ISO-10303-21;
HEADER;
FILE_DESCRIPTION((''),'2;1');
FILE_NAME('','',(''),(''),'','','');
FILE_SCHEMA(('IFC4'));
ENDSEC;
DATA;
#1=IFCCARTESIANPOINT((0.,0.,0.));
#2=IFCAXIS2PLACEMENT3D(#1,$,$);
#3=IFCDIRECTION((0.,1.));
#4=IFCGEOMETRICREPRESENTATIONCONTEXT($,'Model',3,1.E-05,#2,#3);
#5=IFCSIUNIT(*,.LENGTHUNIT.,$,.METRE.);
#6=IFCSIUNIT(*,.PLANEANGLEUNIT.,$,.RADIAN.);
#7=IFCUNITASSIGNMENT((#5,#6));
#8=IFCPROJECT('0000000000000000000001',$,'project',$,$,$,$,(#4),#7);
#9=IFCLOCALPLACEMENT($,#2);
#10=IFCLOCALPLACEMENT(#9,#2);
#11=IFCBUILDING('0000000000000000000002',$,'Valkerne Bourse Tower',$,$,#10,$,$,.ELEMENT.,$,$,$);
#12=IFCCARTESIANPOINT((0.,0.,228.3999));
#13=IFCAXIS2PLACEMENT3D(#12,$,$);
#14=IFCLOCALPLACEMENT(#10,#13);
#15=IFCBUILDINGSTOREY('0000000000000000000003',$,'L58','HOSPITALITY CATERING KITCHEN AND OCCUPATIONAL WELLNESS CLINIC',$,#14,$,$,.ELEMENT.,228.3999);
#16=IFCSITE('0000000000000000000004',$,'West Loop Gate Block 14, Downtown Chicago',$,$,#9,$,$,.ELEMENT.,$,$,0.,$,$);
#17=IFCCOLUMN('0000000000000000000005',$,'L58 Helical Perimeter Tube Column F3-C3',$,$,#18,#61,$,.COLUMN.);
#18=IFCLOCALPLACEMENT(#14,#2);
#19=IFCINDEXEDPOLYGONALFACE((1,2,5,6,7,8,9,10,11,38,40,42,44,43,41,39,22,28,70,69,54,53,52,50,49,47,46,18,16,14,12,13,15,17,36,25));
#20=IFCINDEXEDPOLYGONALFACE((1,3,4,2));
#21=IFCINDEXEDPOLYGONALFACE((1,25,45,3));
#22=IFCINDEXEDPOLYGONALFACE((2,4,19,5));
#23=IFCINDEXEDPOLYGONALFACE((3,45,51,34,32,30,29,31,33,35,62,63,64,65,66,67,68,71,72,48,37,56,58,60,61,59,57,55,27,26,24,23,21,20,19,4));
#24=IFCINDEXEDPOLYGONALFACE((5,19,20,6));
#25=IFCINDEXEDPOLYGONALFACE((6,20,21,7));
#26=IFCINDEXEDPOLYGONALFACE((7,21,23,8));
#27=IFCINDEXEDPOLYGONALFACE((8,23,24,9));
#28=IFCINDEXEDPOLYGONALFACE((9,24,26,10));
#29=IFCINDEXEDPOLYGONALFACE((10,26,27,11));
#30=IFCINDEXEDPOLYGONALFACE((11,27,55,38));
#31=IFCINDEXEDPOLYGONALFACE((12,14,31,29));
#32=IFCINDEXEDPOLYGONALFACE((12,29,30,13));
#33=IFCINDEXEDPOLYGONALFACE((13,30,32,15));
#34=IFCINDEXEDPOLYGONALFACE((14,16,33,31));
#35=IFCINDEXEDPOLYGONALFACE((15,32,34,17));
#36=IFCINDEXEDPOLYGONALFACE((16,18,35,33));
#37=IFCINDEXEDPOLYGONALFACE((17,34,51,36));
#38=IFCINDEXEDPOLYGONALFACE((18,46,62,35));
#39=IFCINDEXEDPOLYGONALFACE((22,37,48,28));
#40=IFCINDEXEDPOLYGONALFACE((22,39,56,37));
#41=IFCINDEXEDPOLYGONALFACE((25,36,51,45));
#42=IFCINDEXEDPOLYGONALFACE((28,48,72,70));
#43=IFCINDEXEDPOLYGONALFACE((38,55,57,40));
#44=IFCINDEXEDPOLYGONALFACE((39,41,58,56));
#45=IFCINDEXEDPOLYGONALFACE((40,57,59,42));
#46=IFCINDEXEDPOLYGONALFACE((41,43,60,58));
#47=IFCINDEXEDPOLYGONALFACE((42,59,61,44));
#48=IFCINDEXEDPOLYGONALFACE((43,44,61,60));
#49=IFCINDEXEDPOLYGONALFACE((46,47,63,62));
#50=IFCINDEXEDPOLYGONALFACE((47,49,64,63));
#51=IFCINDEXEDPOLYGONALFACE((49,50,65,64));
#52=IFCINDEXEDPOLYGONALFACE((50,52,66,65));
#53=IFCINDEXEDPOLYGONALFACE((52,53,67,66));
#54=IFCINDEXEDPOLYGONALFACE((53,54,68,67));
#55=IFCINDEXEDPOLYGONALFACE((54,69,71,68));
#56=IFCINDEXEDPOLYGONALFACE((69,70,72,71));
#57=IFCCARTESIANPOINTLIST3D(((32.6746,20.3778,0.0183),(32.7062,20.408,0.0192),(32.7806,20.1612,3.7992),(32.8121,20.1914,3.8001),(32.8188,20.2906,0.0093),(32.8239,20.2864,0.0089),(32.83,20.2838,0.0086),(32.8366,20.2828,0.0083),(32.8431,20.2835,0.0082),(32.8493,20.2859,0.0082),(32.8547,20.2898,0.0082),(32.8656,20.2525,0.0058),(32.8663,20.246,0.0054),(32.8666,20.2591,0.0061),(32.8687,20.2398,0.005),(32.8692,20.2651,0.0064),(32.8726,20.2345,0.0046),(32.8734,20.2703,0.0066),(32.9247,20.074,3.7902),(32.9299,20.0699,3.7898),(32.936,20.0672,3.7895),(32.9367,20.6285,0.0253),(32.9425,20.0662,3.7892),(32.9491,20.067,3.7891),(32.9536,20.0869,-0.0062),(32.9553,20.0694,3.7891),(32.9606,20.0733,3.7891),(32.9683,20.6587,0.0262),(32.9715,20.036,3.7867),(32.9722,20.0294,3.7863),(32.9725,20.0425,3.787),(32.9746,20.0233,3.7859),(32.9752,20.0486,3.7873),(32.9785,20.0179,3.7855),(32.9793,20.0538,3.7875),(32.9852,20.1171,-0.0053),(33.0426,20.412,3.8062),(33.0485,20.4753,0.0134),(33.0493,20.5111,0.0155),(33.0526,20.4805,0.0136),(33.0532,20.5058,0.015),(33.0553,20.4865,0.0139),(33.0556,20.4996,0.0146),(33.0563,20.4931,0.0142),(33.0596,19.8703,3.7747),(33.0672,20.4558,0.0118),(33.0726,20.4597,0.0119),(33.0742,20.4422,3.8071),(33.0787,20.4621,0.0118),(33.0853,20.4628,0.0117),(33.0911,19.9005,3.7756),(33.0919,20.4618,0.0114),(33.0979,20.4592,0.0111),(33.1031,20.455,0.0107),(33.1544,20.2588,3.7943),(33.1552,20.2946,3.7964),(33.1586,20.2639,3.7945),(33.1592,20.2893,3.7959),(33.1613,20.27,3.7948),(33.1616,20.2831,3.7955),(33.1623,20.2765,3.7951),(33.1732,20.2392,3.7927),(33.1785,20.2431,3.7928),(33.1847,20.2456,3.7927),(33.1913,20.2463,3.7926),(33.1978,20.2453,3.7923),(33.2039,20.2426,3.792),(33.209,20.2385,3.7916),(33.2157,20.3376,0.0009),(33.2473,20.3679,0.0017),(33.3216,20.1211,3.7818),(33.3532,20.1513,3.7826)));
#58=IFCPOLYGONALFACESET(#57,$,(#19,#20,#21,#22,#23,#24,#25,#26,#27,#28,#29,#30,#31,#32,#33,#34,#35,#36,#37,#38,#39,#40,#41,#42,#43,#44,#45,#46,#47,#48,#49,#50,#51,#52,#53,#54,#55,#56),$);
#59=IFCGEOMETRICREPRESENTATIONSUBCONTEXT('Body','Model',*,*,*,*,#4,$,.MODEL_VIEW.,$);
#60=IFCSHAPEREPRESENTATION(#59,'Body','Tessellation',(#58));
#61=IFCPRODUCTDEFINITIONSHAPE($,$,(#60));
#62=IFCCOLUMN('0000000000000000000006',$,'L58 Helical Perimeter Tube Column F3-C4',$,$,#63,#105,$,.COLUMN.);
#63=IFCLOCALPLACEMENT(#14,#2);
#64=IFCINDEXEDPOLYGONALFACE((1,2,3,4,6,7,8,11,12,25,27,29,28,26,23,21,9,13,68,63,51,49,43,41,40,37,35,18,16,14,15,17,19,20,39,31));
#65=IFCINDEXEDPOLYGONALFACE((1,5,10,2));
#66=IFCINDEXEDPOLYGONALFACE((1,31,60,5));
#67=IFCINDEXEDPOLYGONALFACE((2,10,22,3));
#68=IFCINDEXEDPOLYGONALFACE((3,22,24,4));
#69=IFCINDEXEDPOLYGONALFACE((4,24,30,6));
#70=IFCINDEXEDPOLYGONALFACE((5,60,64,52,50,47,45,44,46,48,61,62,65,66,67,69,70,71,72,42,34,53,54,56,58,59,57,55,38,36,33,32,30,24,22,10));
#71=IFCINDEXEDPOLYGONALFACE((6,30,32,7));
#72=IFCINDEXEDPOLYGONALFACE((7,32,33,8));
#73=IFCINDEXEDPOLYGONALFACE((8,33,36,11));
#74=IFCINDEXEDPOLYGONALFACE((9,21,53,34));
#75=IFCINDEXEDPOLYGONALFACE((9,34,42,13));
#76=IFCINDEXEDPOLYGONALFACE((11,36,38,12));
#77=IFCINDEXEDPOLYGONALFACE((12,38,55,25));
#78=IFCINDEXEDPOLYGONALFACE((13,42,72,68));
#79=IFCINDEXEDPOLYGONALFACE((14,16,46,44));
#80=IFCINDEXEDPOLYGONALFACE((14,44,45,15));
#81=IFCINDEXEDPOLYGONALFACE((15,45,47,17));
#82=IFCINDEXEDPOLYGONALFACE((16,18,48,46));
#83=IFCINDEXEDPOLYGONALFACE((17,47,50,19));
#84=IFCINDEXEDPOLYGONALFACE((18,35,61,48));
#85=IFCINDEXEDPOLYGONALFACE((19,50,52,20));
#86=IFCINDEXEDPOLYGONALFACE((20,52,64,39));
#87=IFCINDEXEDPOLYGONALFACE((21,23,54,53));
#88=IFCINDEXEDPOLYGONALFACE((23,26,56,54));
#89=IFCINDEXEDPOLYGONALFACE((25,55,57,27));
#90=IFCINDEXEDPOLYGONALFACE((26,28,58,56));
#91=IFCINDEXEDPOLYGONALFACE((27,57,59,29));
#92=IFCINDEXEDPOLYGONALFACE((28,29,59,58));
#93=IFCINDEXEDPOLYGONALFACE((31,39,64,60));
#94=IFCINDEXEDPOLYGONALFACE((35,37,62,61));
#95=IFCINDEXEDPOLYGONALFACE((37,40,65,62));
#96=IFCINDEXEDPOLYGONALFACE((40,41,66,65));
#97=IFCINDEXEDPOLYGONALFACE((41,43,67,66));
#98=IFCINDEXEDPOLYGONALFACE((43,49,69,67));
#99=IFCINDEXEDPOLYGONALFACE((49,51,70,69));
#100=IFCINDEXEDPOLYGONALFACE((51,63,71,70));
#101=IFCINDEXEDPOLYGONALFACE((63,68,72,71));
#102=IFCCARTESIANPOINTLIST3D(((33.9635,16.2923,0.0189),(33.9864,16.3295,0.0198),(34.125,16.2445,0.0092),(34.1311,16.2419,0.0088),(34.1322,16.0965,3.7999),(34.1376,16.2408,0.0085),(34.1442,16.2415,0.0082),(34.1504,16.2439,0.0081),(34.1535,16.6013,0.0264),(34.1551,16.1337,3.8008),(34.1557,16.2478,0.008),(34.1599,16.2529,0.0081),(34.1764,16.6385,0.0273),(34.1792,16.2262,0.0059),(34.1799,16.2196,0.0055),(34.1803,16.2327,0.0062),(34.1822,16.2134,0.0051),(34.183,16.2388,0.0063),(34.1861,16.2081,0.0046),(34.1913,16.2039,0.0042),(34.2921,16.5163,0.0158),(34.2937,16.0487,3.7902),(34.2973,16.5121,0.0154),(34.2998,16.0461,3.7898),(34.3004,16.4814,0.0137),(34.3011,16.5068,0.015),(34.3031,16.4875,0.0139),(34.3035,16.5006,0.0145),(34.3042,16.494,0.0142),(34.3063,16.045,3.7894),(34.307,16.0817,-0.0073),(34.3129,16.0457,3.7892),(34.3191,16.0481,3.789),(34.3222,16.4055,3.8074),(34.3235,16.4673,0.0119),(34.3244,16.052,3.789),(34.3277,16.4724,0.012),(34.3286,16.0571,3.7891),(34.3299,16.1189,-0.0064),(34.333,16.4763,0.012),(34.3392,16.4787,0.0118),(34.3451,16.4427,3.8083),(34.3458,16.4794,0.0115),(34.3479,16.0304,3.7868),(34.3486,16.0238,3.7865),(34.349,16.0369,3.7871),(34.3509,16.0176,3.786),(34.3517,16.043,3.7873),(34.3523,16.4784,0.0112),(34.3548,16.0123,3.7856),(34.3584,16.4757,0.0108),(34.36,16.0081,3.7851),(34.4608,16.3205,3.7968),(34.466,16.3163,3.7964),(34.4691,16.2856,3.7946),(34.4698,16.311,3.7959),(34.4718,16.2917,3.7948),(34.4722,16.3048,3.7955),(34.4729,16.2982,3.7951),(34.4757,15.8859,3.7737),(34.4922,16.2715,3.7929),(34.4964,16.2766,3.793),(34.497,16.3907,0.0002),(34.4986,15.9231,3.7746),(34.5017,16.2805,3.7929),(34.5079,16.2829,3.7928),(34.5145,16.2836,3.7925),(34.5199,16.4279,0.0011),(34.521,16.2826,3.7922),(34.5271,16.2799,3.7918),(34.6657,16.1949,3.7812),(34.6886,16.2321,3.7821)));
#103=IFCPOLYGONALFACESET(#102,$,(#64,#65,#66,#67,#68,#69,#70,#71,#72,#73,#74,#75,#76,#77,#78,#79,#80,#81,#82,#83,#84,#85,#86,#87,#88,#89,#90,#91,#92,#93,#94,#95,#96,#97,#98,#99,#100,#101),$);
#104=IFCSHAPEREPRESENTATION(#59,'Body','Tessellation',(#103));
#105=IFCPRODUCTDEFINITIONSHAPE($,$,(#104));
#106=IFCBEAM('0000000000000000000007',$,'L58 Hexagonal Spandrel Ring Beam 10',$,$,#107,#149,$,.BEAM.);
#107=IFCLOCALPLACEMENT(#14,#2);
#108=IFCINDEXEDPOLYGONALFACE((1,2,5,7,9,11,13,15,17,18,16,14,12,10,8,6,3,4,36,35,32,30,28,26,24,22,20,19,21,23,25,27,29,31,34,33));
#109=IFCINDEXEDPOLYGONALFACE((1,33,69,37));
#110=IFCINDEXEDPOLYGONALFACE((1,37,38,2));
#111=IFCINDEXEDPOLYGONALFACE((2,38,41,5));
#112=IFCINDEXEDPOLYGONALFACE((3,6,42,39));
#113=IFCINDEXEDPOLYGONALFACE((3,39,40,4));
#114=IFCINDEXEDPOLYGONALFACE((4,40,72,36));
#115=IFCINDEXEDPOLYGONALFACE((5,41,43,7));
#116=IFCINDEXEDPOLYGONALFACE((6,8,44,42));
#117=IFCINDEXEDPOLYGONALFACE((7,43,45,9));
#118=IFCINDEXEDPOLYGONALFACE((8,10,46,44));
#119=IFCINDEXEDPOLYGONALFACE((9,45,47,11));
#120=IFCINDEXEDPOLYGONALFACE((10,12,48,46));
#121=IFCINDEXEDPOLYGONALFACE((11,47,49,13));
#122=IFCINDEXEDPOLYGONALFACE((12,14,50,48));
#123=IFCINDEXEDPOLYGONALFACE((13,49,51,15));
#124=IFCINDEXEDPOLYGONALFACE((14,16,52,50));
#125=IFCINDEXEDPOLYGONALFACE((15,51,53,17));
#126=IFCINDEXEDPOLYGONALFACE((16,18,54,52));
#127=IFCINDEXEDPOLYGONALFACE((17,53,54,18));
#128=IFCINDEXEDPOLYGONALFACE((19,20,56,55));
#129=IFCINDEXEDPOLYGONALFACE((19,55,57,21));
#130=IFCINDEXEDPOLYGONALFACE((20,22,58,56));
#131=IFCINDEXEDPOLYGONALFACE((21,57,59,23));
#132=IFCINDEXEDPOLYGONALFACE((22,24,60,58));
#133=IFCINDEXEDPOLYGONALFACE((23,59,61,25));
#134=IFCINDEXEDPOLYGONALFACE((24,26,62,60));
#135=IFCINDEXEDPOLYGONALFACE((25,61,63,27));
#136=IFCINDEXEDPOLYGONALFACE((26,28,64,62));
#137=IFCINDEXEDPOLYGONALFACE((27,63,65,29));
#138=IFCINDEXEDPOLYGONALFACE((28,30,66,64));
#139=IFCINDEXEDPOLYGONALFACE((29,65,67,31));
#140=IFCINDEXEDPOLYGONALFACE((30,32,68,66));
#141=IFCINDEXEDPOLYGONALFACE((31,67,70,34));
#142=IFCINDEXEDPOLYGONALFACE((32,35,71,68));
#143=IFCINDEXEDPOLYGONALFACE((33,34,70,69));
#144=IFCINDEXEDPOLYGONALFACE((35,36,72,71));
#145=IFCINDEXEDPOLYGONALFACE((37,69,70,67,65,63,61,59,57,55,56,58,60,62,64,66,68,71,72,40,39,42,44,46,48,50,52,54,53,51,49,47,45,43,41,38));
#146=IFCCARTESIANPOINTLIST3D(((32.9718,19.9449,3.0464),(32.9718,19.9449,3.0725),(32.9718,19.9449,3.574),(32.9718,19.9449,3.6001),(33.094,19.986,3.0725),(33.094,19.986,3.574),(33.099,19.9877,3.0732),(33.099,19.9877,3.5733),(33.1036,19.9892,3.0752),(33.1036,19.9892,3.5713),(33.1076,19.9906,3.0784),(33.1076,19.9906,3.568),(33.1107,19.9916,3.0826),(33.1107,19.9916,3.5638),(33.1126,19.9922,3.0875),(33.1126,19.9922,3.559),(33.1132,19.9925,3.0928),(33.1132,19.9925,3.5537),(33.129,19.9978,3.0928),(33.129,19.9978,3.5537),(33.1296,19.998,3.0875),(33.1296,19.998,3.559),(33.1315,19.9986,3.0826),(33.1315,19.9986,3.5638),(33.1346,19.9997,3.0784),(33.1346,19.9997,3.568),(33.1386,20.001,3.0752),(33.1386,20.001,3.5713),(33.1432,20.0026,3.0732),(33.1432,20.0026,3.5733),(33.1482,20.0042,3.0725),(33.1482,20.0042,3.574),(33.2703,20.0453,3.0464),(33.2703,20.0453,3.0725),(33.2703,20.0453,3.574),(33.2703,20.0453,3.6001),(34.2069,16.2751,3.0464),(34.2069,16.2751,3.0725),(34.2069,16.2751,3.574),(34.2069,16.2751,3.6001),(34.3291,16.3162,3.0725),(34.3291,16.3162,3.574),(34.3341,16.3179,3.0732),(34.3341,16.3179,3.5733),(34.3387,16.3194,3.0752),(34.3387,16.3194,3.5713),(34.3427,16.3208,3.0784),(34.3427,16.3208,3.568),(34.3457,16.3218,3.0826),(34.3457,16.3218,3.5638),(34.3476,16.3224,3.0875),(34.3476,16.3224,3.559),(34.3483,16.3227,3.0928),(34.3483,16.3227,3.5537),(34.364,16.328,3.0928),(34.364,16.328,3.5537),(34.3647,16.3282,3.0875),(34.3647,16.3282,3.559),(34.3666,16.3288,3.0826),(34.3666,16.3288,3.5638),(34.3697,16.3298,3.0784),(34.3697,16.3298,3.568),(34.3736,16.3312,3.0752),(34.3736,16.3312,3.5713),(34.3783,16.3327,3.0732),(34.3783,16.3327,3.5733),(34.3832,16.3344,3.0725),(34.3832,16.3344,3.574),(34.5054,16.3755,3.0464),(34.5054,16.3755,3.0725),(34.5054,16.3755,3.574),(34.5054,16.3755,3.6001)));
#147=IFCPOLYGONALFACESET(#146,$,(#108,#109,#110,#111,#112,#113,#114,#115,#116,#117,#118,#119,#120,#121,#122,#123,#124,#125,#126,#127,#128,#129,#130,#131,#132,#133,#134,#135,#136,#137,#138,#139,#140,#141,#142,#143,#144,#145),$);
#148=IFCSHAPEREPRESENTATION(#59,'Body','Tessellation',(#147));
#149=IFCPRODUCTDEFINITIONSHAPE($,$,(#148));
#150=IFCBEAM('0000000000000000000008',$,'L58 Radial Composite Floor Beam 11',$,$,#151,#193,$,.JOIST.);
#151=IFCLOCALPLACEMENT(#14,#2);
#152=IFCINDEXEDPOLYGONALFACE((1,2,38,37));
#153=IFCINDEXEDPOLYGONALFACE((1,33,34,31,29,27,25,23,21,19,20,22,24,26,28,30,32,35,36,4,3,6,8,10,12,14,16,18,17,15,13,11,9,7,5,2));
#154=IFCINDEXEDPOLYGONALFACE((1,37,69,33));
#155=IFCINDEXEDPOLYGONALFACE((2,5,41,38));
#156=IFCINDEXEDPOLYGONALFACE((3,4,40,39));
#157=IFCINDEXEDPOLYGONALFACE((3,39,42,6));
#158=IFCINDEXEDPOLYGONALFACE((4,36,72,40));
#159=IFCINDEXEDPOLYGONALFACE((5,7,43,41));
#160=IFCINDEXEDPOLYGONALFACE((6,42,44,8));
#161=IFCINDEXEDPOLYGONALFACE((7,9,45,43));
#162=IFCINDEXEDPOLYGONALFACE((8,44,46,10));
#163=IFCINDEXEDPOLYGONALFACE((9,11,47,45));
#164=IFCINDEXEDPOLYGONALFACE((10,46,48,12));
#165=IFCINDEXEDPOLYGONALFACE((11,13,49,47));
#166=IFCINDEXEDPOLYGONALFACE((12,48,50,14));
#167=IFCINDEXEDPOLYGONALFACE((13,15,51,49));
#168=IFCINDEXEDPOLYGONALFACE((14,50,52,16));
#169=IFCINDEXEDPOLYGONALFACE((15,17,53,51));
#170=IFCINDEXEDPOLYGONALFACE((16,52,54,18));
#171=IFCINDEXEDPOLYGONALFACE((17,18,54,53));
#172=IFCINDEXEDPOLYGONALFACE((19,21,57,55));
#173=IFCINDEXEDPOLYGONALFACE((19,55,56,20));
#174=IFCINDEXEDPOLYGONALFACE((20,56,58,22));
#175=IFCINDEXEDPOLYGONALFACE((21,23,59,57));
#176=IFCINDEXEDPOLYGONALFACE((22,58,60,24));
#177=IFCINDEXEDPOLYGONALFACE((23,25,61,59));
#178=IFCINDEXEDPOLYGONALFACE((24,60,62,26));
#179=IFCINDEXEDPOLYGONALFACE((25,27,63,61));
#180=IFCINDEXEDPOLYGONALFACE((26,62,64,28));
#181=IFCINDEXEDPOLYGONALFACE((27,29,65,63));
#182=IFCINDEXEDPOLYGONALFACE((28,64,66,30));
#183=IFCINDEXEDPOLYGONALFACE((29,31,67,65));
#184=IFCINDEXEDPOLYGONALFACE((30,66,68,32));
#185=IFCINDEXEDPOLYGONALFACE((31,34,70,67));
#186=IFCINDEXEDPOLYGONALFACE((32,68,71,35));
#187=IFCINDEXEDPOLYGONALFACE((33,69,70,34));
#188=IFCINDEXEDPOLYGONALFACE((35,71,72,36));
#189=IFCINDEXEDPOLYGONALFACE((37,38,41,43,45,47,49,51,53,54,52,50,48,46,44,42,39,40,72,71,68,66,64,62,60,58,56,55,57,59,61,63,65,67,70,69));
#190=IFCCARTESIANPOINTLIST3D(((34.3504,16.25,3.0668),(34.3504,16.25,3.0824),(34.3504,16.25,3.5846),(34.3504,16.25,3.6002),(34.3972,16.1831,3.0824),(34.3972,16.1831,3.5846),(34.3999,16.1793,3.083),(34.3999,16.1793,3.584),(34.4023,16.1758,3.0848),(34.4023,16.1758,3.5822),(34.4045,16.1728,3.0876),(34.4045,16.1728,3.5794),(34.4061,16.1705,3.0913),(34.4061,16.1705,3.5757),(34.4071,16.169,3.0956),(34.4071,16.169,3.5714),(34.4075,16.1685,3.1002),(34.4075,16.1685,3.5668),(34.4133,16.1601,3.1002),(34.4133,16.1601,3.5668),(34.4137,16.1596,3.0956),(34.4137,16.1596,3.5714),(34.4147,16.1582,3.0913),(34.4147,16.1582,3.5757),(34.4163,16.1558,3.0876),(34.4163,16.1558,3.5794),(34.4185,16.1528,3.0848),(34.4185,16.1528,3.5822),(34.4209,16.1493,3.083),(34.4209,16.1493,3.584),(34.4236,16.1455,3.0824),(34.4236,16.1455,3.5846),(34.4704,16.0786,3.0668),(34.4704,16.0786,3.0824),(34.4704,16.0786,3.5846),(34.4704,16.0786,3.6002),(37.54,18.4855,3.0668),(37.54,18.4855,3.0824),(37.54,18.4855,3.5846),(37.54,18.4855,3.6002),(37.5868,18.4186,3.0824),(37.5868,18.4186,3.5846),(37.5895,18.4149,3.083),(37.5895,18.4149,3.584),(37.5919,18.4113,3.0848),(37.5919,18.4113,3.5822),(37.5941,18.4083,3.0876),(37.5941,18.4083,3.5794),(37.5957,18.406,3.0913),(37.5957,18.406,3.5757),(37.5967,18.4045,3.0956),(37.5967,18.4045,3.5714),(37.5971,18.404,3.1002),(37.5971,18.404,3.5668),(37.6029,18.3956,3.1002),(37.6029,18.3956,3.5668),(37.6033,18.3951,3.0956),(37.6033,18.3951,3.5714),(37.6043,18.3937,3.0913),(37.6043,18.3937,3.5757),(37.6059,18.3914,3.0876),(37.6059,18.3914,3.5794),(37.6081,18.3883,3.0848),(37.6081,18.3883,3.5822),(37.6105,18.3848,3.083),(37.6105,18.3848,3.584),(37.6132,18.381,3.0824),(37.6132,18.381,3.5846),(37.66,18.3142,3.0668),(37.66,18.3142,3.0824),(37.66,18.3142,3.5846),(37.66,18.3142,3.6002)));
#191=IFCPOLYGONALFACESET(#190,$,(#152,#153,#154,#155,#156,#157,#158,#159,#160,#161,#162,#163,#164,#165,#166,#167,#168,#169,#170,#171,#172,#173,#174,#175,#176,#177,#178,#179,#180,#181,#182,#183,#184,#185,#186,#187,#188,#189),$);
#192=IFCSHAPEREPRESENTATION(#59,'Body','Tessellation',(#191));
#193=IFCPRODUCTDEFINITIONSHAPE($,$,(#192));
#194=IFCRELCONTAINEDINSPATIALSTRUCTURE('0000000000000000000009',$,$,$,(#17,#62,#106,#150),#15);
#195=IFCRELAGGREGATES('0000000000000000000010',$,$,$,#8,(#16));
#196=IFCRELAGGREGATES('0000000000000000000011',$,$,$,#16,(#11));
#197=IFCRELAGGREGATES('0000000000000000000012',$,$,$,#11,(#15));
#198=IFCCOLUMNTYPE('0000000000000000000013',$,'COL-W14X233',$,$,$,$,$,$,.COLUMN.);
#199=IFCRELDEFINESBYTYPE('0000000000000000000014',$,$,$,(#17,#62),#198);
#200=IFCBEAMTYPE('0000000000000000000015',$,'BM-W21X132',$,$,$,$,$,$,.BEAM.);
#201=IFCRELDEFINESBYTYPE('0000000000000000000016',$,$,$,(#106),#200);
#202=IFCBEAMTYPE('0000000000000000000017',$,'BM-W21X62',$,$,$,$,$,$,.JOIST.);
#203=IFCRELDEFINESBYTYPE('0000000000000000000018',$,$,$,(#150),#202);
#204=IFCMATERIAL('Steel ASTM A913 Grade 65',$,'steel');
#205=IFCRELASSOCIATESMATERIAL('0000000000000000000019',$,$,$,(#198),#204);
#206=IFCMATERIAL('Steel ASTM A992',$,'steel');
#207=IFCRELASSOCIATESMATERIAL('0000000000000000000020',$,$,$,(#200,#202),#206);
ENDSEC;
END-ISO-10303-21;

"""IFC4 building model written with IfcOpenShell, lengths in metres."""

from ifc_helpers import new_model, si_unit, direction, frame, origin, origin_2d, place, context, subcontext, project, spatial, i_section, extrude, material, material_profile, profile_set, type_object, element, save


model = new_model("IFC4")

# Units and contexts
model_context = context("Model", 3, precision=1e-05, world=origin(), true_north=direction((0.0, 1.0)))
body_context = subcontext(model_context, "Body", "Model", "MODEL_VIEW")
ifc_project = project(units=[si_unit("LENGTHUNIT", "METRE"), si_unit("PLANEANGLEUNIT", "RADIAN")], contexts=[model_context])

# Site, building, storey
site_placement = place(None, origin())
site = spatial("IfcSite", under=ifc_project, at=site_placement, Name="West Loop Gate Block 14, Downtown Chicago", CompositionType="ELEMENT", RefElevation=0.0)
building_placement = place(site_placement, origin())
building = spatial("IfcBuilding", under=site, at=building_placement, Name="Valkerne Bourse Tower", CompositionType="ELEMENT")
storey_placement = place(building_placement, frame((0.0, 0.0, 228.3999)))
storey = spatial("IfcBuildingStorey", under=building, at=storey_placement, Name="L58", Description="HOSPITALITY CATERING KITCHEN AND OCCUPATIONAL WELLNESS CLINIC", CompositionType="ELEMENT", Elevation=228.3999)

# Columns
ifc_material_1 = material(Name="Steel ASTM A913 Grade 65", Category="steel")
ifc_material_profile_1 = material_profile(ifc_material_1, i_section(OverallWidth=0.4038, OverallDepth=0.4065, WebThickness=0.0271, FlangeThickness=0.0437, FilletRadius=0.0254, at=origin_2d()), Name="W14X233")
ifc_profile_set_1 = profile_set([ifc_material_profile_1], Name="Steel ASTM A913 Grade 65")
column_type = type_object("IfcColumnType", Name="COL-W14X233", PredefinedType="COLUMN", material=ifc_profile_set_1)
column_1_placement = place(storey_placement, frame((32.9609, 20.3728, 0.01), z_axis=(0.027967, -0.057158, 0.997973), x_axis=(0.690942, -0.720364, -0.060621)))
element("IfcColumn", 1, at=column_1_placement, inside=storey, type_object=column_type, Name="L58 Helical Perimeter Tube Column F3-C3", PredefinedType="COLUMN", context=body_context, shape_type="SweptSolid", body=[
    extrude(i_section(OverallWidth=0.4038, OverallDepth=0.4065, WebThickness=0.0271, FlangeThickness=0.0437, FilletRadius=0.0254, at=origin_2d()), origin(), (0.0, 0.0, 1.0), 3.7886),
])
column_2_placement = place(storey_placement, frame((34.2417, 16.3601, 0.01), z_axis=(0.044514, -0.051665, 0.997672), x_axis=(0.850718, -0.521591, -0.064968)))
element("IfcColumn", 2, at=column_2_placement, inside=storey, type_object=column_type, Name="L58 Helical Perimeter Tube Column F3-C4", PredefinedType="COLUMN", context=body_context, shape_type="SweptSolid", body=[
    extrude(i_section(OverallWidth=0.4038, OverallDepth=0.4065, WebThickness=0.0271, FlangeThickness=0.0437, FilletRadius=0.0254, at=origin_2d()), origin(), (0.0, 0.0, 1.0), 3.7898),
])

# Beams
ifc_material_2 = material(Name="Steel ASTM A992", Category="steel")
ifc_material_profile_2 = material_profile(ifc_material_2, i_section(OverallWidth=0.3149, OverallDepth=0.5537, WebThickness=0.0166, FlangeThickness=0.0261, FilletRadius=0.0203, at=origin_2d()), Name="W21X132")
ifc_profile_set_2 = profile_set([ifc_material_profile_2], Name="Steel ASTM A992")
beam_type_1 = type_object("IfcBeamType", Name="BM-W21X132", PredefinedType="BEAM", material=ifc_profile_set_2)
beam_1_placement = place(storey_placement, frame((33.1211, 19.9951, 3.3232), z_axis=(0.318969, -0.947765, 0.0), x_axis=(0.947765, 0.318969, 0.0)))
element("IfcBeam", 3, at=beam_1_placement, inside=storey, type_object=beam_type_1, Name="L58 Hexagonal Spandrel Ring Beam 10", PredefinedType="BEAM", context=body_context, shape_type="SweptSolid", body=[
    extrude(i_section(OverallWidth=0.3149, OverallDepth=0.5537, WebThickness=0.0166, FlangeThickness=0.0261, FilletRadius=0.0203, at=origin_2d()), origin(), (0.0, 0.0, 1.0), 3.8721),
])
ifc_material_profile_3 = material_profile(ifc_material_2, i_section(OverallWidth=0.2092, OverallDepth=0.5334, WebThickness=0.0103, FlangeThickness=0.0156, FilletRadius=0.0178, at=origin_2d()), Name="W21X62")
ifc_profile_set_3 = profile_set([ifc_material_profile_3], Name="Steel ASTM A992")
beam_type_2 = type_object("IfcBeamType", Name="BM-W21X62", PredefinedType="JOIST", material=ifc_profile_set_3)
beam_2_placement = place(storey_placement, frame((34.4104, 16.1643, 3.3335), z_axis=(0.818893, 0.573946, 0.0), x_axis=(-0.573946, 0.818893, 0.0)))
element("IfcBeam", 4, at=beam_2_placement, inside=storey, type_object=beam_type_2, Name="L58 Radial Composite Floor Beam 11", PredefinedType="JOIST", context=body_context, shape_type="SweptSolid", body=[
    extrude(i_section(OverallWidth=0.2092, OverallDepth=0.5334, WebThickness=0.0103, FlangeThickness=0.0156, FilletRadius=0.0178, at=origin_2d()), origin(), (0.0, 0.0, 1.0), 3.895),
])

save(model, "model.ifc")
